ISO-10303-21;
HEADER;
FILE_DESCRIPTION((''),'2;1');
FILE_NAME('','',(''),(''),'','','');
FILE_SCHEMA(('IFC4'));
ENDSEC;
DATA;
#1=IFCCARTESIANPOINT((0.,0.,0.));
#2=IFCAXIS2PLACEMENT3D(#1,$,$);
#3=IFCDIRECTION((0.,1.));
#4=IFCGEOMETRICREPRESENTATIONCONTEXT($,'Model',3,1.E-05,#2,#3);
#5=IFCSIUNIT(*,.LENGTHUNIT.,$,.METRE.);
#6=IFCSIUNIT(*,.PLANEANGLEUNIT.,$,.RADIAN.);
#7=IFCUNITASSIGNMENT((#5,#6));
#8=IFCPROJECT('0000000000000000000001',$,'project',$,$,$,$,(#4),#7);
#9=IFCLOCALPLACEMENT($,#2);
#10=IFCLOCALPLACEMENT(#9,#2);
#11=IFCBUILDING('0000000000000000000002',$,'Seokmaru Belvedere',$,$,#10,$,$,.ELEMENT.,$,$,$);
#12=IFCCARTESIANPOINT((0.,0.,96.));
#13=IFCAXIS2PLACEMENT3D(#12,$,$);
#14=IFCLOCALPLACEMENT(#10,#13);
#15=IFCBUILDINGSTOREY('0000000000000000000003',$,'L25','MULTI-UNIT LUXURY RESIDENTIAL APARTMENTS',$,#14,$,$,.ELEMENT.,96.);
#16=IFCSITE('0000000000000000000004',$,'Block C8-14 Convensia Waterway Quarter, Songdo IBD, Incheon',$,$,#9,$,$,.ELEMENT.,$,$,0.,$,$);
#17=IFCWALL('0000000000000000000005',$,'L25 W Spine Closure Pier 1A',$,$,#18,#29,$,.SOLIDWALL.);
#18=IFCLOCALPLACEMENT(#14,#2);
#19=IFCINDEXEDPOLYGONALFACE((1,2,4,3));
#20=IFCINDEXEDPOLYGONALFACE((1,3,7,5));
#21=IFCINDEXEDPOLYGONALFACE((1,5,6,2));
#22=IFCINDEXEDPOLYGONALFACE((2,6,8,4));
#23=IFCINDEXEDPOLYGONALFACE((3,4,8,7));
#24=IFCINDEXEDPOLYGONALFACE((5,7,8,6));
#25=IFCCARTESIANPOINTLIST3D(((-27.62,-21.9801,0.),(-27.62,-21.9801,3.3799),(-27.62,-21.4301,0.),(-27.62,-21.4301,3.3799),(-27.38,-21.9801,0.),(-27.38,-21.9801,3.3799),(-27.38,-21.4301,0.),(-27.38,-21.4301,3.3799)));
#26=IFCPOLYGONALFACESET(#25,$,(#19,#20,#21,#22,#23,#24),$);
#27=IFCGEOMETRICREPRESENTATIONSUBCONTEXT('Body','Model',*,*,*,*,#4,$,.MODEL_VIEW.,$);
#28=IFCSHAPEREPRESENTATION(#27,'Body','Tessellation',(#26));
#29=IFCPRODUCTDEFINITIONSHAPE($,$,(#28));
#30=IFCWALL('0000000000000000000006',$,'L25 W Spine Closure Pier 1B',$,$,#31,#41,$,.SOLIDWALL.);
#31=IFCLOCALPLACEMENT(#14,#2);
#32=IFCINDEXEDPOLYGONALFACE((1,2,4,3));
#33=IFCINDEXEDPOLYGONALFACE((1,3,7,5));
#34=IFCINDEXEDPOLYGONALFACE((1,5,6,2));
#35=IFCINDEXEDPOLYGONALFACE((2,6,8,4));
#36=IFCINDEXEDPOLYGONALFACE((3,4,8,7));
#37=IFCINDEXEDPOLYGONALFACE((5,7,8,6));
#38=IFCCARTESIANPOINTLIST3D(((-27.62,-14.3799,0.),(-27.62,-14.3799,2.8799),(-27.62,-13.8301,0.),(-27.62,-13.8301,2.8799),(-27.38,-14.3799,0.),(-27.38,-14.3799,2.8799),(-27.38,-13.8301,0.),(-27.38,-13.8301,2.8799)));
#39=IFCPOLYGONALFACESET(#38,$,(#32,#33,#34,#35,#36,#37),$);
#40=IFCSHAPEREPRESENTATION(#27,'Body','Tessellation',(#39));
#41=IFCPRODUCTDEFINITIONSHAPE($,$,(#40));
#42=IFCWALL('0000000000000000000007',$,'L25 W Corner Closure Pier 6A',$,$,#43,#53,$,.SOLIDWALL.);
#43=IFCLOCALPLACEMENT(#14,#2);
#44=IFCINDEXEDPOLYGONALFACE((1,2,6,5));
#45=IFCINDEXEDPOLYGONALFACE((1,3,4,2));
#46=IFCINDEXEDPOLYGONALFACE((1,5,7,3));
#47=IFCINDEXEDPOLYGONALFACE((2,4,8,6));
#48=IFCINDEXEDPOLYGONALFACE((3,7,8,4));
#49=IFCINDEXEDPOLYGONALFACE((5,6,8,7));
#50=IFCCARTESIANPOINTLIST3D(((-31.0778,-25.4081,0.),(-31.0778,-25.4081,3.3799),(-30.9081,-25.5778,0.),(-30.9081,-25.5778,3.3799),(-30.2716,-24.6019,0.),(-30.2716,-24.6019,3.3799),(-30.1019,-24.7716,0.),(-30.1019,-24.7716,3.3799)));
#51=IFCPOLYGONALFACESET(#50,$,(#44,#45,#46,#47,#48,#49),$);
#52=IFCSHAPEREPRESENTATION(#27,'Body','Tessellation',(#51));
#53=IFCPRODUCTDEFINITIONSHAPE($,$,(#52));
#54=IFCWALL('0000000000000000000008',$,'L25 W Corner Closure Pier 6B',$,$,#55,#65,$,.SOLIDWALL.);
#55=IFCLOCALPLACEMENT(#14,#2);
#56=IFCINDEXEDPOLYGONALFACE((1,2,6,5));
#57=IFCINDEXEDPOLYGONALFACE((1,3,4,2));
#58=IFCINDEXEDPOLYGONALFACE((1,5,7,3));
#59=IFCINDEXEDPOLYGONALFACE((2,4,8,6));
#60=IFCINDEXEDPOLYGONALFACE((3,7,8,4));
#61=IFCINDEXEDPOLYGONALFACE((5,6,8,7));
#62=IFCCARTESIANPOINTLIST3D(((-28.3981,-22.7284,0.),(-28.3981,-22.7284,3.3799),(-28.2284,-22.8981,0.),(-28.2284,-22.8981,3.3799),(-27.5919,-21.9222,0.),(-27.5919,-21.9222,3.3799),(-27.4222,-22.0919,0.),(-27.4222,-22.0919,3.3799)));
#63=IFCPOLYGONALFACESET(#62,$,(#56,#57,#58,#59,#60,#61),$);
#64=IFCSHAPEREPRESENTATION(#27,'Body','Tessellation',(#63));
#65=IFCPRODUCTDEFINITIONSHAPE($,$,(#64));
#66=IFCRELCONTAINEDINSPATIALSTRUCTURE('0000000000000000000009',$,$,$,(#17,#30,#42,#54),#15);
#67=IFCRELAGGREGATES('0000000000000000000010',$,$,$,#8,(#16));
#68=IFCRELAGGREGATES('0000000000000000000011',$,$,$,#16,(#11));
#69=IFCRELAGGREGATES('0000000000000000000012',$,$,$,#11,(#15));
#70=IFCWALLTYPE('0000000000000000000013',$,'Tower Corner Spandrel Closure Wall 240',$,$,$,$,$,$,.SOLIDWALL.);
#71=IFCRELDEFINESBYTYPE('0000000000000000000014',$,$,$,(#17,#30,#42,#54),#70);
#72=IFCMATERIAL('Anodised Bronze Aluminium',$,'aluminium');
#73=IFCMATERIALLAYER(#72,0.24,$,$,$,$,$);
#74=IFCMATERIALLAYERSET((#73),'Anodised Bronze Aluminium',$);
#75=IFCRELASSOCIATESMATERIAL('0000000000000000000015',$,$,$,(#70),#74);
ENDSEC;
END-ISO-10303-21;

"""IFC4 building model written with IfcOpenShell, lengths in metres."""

from ifc_helpers import new_model, si_unit, direction, frame, frame_2d, origin, place, context, subcontext, project, spatial, rectangle, extrude, material, layer, layer_set, type_object, element, save


model = new_model("IFC4")

# Units and contexts
model_context = context("Model", 3, precision=1e-05, world=origin(), true_north=direction((0.0, 1.0)))
body_context = subcontext(model_context, "Body", "Model", "MODEL_VIEW")
ifc_project = project(units=[si_unit("LENGTHUNIT", "METRE"), si_unit("PLANEANGLEUNIT", "RADIAN")], contexts=[model_context])

# Site, building, storey
site_placement = place(None, origin())
site = spatial("IfcSite", under=ifc_project, at=site_placement, Name="Block C8-14 Convensia Waterway Quarter, Songdo IBD, Incheon", CompositionType="ELEMENT", RefElevation=0.0)
building_placement = place(site_placement, origin())
building = spatial("IfcBuilding", under=site, at=building_placement, Name="Seokmaru Belvedere", CompositionType="ELEMENT")
storey_placement = place(building_placement, frame((0.0, 0.0, 96.0)))
storey = spatial("IfcBuildingStorey", under=building, at=storey_placement, Name="L25", Description="MULTI-UNIT LUXURY RESIDENTIAL APARTMENTS", CompositionType="ELEMENT", Elevation=96.0)

# Shared definitions
ifc_material_1 = material(Name="Anodised Bronze Aluminium", Category="aluminium")

# Walls
ifc_layer_1 = layer(ifc_material_1, 0.24)
ifc_layer_set_1 = layer_set([ifc_layer_1], Name="Anodised Bronze Aluminium")
wall_type = type_object("IfcWallType", Name="Tower Corner Spandrel Closure Wall 240", PredefinedType="SOLIDWALL", material=ifc_layer_set_1)
wall_1_placement = place(storey_placement, frame((-27.5, -21.98, 0.0), z_axis=(0.0, 0.0, 1.0), x_axis=(0.0, 1.0, 0.0)))
element("IfcWall", 1, at=wall_1_placement, inside=storey, type_object=wall_type, Name="L25 W Spine Closure Pier 1A", PredefinedType="SOLIDWALL", context=body_context, shape_type="SweptSolid", body=[
    extrude(rectangle(XDim=0.55, YDim=0.24, at=frame_2d((0.2749, 0.0))), origin(), (0.0, 0.0, 1.0), 3.3799),
])
wall_2_placement = place(storey_placement, frame((-27.5, -14.3799, 0.0), z_axis=(0.0, 0.0, 1.0), x_axis=(0.0, 1.0, 0.0)))
element("IfcWall", 2, at=wall_2_placement, inside=storey, type_object=wall_type, Name="L25 W Spine Closure Pier 1B", PredefinedType="SOLIDWALL", context=body_context, shape_type="SweptSolid", body=[
    extrude(rectangle(XDim=0.5498, YDim=0.24, at=frame_2d((0.2749, 0.0))), origin(), (0.0, 0.0, 1.0), 2.8799),
])
for number, where, z_axis, x_axis, name in (
    (3, (-30.9929, -25.4929, 0.0), (0.0, 0.0, 1.0), (0.707107, 0.707107, 0.0), "L25 W Corner Closure Pier 6A"),
    (4, (-28.3132, -22.8132, 0.0), (0.0, 0.0, 1.0), (0.707107, 0.707107, 0.0), "L25 W Corner Closure Pier 6B"),
):
    element("IfcWall", number, at=place(storey_placement, frame(where, z_axis=z_axis, x_axis=x_axis)), inside=storey, type_object=wall_type, Name=name, PredefinedType="SOLIDWALL", context=body_context, shape_type="SweptSolid", body=[
        extrude(rectangle(XDim=1.1401, YDim=0.24, at=frame_2d((0.5701, 0.0))), origin(), (0.0, 0.0, 1.0), 3.3799),
    ])

save(model, "model.ifc")
